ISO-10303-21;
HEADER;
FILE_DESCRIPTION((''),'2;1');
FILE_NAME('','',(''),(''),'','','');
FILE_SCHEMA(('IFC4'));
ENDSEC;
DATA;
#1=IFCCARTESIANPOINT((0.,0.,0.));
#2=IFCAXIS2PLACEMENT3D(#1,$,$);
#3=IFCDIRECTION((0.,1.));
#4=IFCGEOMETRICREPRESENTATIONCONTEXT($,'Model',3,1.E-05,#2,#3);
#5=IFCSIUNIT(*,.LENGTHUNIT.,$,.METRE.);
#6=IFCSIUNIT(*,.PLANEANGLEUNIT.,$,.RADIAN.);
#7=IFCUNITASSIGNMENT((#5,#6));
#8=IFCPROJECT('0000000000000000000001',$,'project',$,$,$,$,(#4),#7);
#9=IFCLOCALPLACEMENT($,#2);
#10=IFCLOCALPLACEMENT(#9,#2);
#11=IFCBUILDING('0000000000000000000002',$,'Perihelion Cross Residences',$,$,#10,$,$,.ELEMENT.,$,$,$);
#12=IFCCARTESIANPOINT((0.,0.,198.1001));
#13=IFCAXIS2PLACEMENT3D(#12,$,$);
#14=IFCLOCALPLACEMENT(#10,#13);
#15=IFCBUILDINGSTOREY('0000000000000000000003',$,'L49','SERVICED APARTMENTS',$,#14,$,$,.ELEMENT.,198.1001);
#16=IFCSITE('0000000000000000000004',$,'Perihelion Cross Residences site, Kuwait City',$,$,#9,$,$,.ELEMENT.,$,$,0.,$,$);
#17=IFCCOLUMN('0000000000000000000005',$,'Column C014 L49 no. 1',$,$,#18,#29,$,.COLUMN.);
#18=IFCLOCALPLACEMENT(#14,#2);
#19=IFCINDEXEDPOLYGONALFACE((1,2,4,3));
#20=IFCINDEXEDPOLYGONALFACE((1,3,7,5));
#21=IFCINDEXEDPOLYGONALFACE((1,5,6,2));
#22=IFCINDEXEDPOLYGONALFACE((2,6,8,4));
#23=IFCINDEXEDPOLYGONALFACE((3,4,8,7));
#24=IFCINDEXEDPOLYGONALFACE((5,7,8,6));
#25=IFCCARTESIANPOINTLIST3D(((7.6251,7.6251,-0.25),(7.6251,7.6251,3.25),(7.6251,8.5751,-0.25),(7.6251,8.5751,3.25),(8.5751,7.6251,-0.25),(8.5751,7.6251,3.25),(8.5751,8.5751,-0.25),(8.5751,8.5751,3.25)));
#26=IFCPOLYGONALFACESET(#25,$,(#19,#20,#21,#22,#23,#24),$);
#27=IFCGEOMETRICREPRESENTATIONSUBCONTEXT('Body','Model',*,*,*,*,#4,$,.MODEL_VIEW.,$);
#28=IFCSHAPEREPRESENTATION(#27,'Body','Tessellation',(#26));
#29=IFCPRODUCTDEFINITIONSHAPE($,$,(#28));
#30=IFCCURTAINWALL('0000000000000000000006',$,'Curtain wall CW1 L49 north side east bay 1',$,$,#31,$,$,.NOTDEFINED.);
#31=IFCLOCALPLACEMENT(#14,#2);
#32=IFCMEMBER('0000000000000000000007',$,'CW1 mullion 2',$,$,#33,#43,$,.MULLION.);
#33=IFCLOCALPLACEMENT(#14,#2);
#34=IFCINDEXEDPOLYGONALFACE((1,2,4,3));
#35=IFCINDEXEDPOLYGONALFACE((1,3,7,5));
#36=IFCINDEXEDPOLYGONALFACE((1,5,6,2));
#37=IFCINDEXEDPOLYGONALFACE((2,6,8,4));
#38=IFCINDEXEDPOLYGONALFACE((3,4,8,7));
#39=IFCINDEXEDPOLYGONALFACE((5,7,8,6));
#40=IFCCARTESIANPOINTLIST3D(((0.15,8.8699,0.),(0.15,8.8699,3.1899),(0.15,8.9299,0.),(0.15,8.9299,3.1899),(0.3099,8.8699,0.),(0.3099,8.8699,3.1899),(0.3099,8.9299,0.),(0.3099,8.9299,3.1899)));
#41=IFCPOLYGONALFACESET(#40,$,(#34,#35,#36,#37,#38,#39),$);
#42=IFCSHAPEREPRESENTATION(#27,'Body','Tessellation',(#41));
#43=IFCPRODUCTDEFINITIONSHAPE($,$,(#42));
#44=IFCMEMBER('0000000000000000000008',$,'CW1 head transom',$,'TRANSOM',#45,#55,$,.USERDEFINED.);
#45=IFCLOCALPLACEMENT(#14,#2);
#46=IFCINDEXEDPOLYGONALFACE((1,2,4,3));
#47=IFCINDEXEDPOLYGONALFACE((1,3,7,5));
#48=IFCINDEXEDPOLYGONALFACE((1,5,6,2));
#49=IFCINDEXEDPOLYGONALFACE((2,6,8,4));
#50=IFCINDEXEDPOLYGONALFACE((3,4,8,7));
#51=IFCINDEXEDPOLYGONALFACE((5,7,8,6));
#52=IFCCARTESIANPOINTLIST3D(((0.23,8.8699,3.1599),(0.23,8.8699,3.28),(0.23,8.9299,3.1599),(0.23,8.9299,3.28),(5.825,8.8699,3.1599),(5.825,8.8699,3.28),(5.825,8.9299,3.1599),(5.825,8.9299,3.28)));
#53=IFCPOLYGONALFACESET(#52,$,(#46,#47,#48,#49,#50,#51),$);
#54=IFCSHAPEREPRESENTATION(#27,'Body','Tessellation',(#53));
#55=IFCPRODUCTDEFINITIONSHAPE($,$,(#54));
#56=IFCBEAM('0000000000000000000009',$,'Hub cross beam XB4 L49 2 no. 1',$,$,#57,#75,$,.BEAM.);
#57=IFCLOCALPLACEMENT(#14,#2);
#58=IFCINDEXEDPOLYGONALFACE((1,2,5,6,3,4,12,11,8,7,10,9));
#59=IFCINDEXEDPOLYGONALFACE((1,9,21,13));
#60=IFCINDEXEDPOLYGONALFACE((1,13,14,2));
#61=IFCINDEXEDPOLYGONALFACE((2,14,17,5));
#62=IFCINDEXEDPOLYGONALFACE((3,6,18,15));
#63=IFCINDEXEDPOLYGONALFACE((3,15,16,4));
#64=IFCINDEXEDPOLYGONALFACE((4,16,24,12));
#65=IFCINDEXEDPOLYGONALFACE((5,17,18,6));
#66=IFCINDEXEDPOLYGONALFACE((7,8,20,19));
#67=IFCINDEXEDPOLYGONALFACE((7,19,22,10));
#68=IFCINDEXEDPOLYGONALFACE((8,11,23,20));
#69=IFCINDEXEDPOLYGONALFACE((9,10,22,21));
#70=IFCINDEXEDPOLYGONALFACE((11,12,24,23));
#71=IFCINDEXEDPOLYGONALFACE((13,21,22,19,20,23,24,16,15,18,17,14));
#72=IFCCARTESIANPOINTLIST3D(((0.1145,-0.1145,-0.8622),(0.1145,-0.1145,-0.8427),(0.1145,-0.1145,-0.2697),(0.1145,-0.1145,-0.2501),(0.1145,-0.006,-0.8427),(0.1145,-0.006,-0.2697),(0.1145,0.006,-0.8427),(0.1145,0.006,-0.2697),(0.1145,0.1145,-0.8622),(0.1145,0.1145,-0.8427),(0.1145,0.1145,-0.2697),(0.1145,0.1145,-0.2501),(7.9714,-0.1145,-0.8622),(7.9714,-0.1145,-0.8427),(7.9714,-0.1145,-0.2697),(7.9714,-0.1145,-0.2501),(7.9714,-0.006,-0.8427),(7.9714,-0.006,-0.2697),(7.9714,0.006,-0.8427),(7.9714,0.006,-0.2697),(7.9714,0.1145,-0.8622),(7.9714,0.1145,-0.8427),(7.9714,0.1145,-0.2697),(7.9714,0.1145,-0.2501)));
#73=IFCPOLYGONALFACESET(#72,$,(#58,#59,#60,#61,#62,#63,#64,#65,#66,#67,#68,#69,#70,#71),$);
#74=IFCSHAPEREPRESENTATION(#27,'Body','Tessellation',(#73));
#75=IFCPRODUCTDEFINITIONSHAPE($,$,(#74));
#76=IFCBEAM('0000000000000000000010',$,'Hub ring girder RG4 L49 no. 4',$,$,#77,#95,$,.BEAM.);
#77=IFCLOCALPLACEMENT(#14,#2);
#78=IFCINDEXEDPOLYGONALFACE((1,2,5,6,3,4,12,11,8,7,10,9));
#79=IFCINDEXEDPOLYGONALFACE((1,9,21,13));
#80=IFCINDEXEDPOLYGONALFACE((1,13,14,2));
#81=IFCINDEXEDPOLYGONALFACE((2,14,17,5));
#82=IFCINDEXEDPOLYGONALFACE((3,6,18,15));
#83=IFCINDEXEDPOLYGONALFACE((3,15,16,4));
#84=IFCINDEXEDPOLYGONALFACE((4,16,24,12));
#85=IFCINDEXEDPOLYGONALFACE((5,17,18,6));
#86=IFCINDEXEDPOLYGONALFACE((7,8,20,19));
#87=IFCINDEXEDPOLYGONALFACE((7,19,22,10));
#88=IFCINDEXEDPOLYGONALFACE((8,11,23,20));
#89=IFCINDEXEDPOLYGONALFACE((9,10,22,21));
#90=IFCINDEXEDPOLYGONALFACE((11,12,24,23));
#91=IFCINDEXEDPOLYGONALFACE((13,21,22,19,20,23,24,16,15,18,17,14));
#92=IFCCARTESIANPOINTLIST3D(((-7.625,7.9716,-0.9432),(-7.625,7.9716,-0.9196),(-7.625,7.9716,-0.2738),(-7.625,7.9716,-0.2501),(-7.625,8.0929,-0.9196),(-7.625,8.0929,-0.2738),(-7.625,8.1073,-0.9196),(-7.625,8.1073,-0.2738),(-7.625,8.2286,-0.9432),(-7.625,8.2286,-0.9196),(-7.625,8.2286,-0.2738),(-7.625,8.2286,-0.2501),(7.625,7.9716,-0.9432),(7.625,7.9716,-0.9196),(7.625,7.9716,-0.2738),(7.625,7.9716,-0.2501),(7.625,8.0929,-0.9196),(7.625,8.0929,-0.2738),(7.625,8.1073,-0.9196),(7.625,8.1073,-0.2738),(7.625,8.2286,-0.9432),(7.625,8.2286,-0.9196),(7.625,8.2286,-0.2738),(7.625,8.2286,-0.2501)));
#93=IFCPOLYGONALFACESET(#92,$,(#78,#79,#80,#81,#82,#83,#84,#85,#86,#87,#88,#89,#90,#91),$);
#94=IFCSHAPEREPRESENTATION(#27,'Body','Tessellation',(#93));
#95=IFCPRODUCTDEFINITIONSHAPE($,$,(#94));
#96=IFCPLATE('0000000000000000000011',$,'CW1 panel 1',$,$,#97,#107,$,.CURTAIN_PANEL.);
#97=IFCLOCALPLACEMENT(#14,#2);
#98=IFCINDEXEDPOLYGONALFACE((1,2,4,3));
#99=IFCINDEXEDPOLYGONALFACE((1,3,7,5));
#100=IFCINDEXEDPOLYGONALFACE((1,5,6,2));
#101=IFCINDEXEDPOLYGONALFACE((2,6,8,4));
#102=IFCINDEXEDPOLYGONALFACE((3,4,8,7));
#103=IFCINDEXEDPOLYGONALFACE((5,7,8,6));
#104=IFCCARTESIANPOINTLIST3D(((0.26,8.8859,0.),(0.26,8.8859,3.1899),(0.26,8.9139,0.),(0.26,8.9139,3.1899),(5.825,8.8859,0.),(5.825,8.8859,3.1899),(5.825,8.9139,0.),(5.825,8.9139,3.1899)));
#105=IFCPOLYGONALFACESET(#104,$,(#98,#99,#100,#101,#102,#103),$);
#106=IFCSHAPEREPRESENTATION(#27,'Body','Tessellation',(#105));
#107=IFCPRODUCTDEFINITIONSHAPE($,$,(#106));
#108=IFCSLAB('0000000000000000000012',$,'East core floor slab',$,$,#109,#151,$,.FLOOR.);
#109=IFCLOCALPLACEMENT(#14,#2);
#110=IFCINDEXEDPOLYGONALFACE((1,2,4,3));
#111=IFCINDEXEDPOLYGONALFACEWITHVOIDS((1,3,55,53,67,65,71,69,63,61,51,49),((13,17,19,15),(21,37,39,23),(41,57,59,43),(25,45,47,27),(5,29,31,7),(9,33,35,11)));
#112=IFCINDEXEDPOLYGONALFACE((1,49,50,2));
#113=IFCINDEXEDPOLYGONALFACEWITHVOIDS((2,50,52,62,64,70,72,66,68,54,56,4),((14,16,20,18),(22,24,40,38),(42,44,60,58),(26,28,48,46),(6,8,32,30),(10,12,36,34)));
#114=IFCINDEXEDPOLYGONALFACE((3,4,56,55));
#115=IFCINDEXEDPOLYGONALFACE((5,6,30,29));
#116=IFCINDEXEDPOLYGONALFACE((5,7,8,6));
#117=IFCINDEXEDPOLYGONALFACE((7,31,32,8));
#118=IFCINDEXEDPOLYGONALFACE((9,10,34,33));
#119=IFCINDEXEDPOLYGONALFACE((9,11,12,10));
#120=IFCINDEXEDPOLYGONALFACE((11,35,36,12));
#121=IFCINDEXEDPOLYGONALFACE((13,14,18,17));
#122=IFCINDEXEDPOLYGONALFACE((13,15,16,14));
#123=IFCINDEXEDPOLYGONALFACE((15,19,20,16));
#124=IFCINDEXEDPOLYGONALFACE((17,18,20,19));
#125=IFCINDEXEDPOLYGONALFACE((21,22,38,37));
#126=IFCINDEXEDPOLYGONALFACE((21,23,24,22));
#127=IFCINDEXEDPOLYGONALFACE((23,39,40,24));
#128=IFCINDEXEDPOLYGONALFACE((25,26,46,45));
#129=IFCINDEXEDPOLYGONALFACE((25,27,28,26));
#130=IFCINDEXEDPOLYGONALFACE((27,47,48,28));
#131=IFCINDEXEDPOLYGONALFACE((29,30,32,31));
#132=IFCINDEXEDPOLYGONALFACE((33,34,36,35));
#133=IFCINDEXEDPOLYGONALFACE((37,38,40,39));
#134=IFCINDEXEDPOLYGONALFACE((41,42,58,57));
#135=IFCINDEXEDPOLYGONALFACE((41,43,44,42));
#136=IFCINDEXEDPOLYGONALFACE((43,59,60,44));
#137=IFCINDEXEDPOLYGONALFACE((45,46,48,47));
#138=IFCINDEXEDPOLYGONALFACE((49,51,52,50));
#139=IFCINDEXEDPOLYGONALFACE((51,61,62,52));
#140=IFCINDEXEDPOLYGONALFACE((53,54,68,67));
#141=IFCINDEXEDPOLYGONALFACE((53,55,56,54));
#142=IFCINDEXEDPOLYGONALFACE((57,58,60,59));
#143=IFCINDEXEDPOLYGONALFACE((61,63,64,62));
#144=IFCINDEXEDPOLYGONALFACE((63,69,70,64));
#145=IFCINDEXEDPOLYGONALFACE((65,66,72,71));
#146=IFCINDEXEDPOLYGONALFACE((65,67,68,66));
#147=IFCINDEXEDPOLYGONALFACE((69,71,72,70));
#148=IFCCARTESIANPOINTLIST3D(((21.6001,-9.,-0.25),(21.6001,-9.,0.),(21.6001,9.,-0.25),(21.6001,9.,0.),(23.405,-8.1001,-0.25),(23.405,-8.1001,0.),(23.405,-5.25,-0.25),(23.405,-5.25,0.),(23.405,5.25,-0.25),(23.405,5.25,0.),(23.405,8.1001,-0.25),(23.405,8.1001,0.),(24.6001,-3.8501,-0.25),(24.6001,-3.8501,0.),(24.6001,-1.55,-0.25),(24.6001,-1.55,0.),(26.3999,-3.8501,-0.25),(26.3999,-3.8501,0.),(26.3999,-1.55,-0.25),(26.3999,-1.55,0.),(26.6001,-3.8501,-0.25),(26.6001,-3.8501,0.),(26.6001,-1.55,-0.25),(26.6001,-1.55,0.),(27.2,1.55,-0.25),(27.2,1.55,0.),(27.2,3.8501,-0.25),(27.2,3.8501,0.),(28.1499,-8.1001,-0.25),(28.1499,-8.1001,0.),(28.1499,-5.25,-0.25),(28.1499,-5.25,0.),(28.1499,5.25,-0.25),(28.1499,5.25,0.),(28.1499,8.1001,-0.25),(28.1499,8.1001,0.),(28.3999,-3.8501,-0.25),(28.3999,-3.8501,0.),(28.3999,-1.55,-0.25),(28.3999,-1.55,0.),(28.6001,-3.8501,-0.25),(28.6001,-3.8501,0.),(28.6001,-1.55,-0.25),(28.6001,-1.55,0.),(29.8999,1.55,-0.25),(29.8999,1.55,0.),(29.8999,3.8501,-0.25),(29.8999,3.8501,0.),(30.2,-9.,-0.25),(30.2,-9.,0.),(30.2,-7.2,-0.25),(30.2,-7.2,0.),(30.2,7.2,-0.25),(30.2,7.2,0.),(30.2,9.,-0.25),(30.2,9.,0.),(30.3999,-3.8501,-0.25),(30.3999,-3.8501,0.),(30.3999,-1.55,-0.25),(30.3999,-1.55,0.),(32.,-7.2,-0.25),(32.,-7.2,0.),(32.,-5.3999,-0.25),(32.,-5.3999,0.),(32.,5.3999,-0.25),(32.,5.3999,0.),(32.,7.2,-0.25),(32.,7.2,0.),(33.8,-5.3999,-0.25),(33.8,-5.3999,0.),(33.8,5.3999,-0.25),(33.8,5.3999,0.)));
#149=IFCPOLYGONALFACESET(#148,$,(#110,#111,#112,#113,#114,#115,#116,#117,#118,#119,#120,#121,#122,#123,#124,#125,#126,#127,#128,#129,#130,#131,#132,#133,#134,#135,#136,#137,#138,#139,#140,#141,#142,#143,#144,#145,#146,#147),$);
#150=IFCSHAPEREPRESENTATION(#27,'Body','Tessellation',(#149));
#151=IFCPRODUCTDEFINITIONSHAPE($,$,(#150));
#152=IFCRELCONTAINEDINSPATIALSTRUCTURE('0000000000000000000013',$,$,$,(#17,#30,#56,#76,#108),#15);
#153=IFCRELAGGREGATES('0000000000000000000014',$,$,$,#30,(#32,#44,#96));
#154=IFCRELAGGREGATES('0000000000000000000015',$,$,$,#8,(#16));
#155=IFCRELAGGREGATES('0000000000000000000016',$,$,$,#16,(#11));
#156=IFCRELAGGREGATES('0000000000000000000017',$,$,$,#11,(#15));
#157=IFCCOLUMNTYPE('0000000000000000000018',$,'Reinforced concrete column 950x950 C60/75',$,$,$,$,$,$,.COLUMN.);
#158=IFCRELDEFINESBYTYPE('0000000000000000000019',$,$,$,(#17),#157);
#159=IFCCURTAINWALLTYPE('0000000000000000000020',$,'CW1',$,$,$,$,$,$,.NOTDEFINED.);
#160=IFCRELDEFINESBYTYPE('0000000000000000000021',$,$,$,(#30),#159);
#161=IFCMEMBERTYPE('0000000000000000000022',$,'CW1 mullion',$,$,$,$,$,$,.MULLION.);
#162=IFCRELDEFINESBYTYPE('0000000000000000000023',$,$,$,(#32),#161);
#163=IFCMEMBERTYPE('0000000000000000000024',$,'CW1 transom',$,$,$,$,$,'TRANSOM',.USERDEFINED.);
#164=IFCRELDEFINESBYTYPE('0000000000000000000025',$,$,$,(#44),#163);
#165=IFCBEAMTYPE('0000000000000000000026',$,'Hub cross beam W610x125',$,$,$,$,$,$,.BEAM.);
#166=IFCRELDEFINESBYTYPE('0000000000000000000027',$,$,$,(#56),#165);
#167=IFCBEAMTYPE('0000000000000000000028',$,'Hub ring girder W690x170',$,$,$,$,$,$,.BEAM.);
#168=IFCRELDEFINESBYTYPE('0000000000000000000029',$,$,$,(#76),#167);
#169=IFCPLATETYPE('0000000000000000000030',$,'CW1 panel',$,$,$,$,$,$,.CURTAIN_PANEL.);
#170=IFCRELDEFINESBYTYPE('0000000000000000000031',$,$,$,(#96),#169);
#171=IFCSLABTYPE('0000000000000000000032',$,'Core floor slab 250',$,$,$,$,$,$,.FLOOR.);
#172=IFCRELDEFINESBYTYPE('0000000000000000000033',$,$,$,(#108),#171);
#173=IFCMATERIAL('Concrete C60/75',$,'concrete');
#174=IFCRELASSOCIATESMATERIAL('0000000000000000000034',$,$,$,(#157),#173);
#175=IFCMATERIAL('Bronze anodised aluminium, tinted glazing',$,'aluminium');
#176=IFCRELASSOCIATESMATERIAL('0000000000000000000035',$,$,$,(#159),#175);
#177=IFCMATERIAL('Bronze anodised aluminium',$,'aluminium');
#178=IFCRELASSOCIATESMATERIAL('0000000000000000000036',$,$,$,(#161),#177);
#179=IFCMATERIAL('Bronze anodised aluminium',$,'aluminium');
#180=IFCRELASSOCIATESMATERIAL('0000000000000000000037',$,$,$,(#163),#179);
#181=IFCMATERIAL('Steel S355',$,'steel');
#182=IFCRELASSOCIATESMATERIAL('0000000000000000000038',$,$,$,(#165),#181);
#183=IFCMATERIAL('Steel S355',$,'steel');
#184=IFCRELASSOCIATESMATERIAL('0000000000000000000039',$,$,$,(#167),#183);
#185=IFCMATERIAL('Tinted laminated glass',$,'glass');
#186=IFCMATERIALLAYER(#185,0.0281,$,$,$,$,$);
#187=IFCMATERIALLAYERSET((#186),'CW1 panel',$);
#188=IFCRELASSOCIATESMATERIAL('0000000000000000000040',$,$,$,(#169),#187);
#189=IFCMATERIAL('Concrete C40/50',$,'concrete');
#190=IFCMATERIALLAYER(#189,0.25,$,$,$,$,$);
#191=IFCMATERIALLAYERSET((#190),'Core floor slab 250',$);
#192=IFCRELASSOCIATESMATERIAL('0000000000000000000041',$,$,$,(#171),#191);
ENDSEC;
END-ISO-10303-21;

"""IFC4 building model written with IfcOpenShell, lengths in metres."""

from ifc_helpers import new_model, si_unit, direction, frame, origin, origin_2d, place, context, subcontext, project, spatial, polyline, rectangle, i_section, outline, extrude, material, layer, layer_set, material_profile, profile_set, type_object, element, aggregate, save


model = new_model("IFC4")

# Units and contexts
model_context = context("Model", 3, precision=1e-05, world=origin(), true_north=direction((0.0, 1.0)))
body_context = subcontext(model_context, "Body", "Model", "MODEL_VIEW")
ifc_project = project(units=[si_unit("LENGTHUNIT", "METRE"), si_unit("PLANEANGLEUNIT", "RADIAN")], contexts=[model_context])

# Site, building, storey
site_placement = place(None, origin())
site = spatial("IfcSite", under=ifc_project, at=site_placement, Name="Perihelion Cross Residences site, Kuwait City", CompositionType="ELEMENT", RefElevation=0.0)
building_placement = place(site_placement, origin())
building = spatial("IfcBuilding", under=site, at=building_placement, Name="Perihelion Cross Residences", CompositionType="ELEMENT")
storey_placement = place(building_placement, frame((0.0, 0.0, 198.1001)))
storey = spatial("IfcBuildingStorey", under=building, at=storey_placement, Name="L49", Description="SERVICED APARTMENTS", CompositionType="ELEMENT", Elevation=198.1001)

# Column
ifc_material_1 = material(Name="Concrete C60/75", Category="concrete")
ifc_material_profile_1 = material_profile(ifc_material_1, rectangle(XDim=0.95, YDim=0.95, at=origin_2d()), Name="RC 950x950")
ifc_profile_set_1 = profile_set([ifc_material_profile_1], Name="Concrete C60/75")
column_type = type_object("IfcColumnType", Name="Reinforced concrete column 950x950 C60/75", PredefinedType="COLUMN", material=ifc_profile_set_1)
column_placement = place(storey_placement, frame((8.1001, 8.1001, -0.25), z_axis=(0.0, 0.0, 1.0), x_axis=(1.0, 0.0, 0.0)))
element("IfcColumn", 1, at=column_placement, inside=storey, type_object=column_type, Name="Column C014 L49 no. 1", PredefinedType="COLUMN", context=body_context, shape_type="SweptSolid", body=[
    extrude(rectangle(XDim=0.95, YDim=0.95, at=origin_2d()), origin(), (0.0, 0.0, 1.0), 3.5),
])

# Curtain wall, members
ifc_material_2 = material(Name="Bronze anodised aluminium, tinted glazing", Category="aluminium")
curtain_wall_type = type_object("IfcCurtainWallType", Name="CW1", PredefinedType="NOTDEFINED", material=ifc_material_2)
curtain_wall_placement = place(storey_placement, origin())
curtain_wall = element("IfcCurtainWall", 2, at=curtain_wall_placement, inside=storey, type_object=curtain_wall_type, Name="Curtain wall CW1 L49 north side east bay 1", PredefinedType="NOTDEFINED")
ifc_material_3 = material(Name="Bronze anodised aluminium", Category="aluminium")
ifc_material_profile_2 = material_profile(ifc_material_3, rectangle(XDim=0.0601, YDim=0.1599, at=origin_2d()), Name="CW1 mullion")
ifc_profile_set_2 = profile_set([ifc_material_profile_2], Name="Bronze anodised aluminium")
member_type_1 = type_object("IfcMemberType", Name="CW1 mullion", PredefinedType="MULLION", material=ifc_profile_set_2)
member_1_placement = place(storey_placement, frame((0.23, 8.8999, 0.0), z_axis=(0.0, 0.0, 1.0), x_axis=(0.0, -1.0, 0.0)))
member_1 = element("IfcMember", 3, at=member_1_placement, type_object=member_type_1, Name="CW1 mullion 2", PredefinedType="MULLION", context=body_context, shape_type="SweptSolid", body=[
    extrude(rectangle(XDim=0.0601, YDim=0.1599, at=origin_2d()), origin(), (0.0, 0.0, 1.0), 3.1899),
])
ifc_material_4 = material(Name="Bronze anodised aluminium", Category="aluminium")
ifc_material_profile_3 = material_profile(ifc_material_4, rectangle(XDim=0.0601, YDim=0.1201, at=origin_2d()), Name="CW1 transom")
ifc_profile_set_3 = profile_set([ifc_material_profile_3], Name="Bronze anodised aluminium")
member_type_2 = type_object("IfcMemberType", Name="CW1 transom", ElementType="TRANSOM", PredefinedType="USERDEFINED", material=ifc_profile_set_3)
member_2_placement = place(storey_placement, frame((5.825, 8.8999, 3.22), z_axis=(-1.0, 0.0, 0.0), x_axis=(0.0, -1.0, 0.0)))
member_2 = element("IfcMember", 4, at=member_2_placement, type_object=member_type_2, Name="CW1 head transom", ObjectType="TRANSOM", PredefinedType="USERDEFINED", context=body_context, shape_type="SweptSolid", body=[
    extrude(rectangle(XDim=0.0601, YDim=0.1201, at=origin_2d()), origin(), (0.0, 0.0, 1.0), 5.595),
])

# Beams
ifc_material_5 = material(Name="Steel S355", Category="steel")
ifc_material_profile_4 = material_profile(ifc_material_5, i_section(OverallWidth=0.229, OverallDepth=0.6121, WebThickness=0.012, FlangeThickness=0.0195, at=origin_2d()), Name="W610x125")
ifc_profile_set_4 = profile_set([ifc_material_profile_4], Name="Steel S355")
beam_type_1 = type_object("IfcBeamType", Name="Hub cross beam W610x125", PredefinedType="BEAM", material=ifc_profile_set_4)
beam_1_placement = place(storey_placement, frame((0.1145, 0.0, -0.5562), z_axis=(1.0, 0.0, 0.0), x_axis=(0.0, 1.0, 0.0)))
element("IfcBeam", 5, at=beam_1_placement, inside=storey, type_object=beam_type_1, Name="Hub cross beam XB4 L49 2 no. 1", PredefinedType="BEAM", context=body_context, shape_type="SweptSolid", body=[
    extrude(i_section(OverallWidth=0.229, OverallDepth=0.6121, WebThickness=0.012, FlangeThickness=0.0195, at=origin_2d()), origin(), (0.0, 0.0, 1.0), 7.8569),
])
ifc_material_6 = material(Name="Steel S355", Category="steel")
ifc_material_profile_5 = material_profile(ifc_material_6, i_section(OverallWidth=0.2571, OverallDepth=0.6931, WebThickness=0.0144, FlangeThickness=0.0237, at=origin_2d()), Name="W690x170")
ifc_profile_set_5 = profile_set([ifc_material_profile_5], Name="Steel S355")
beam_type_2 = type_object("IfcBeamType", Name="Hub ring girder W690x170", PredefinedType="BEAM", material=ifc_profile_set_5)
beam_2_placement = place(storey_placement, frame((7.625, 8.1001, -0.5967), z_axis=(-1.0, 0.0, 0.0), x_axis=(0.0, -1.0, 0.0)))
element("IfcBeam", 6, at=beam_2_placement, inside=storey, type_object=beam_type_2, Name="Hub ring girder RG4 L49 no. 4", PredefinedType="BEAM", context=body_context, shape_type="SweptSolid", body=[
    extrude(i_section(OverallWidth=0.2571, OverallDepth=0.6931, WebThickness=0.0144, FlangeThickness=0.0237, at=origin_2d()), origin(), (0.0, 0.0, 1.0), 15.25),
])

# Plate
ifc_material_7 = material(Name="Tinted laminated glass", Category="glass")
ifc_layer_1 = layer(ifc_material_7, 0.0281)
ifc_layer_set_1 = layer_set([ifc_layer_1], Name="CW1 panel")
plate_type = type_object("IfcPlateType", Name="CW1 panel", PredefinedType="CURTAIN_PANEL", material=ifc_layer_set_1)
plate_placement = place(storey_placement, frame((3.0425, 8.8999, 0.0), z_axis=(0.0, 0.0, 1.0), x_axis=(-1.0, 0.0, 0.0)))
plate = element("IfcPlate", 7, at=plate_placement, type_object=plate_type, Name="CW1 panel 1", PredefinedType="CURTAIN_PANEL", context=body_context, shape_type="SweptSolid", body=[
    extrude(rectangle(XDim=5.5649, YDim=0.0281, at=origin_2d()), origin(), (0.0, 0.0, 1.0), 3.1899),
])
aggregate(curtain_wall, [member_1, member_2, plate])

# Slab
ifc_material_8 = material(Name="Concrete C40/50", Category="concrete")
ifc_layer_2 = layer(ifc_material_8, 0.25)
ifc_layer_set_2 = layer_set([ifc_layer_2], Name="Core floor slab 250")
slab_type_1 = type_object("IfcSlabType", Name="Core floor slab 250", PredefinedType="FLOOR", material=ifc_layer_set_2)
slab_1_placement = place(storey_placement, frame((0.0, 0.0, -0.25)))
element("IfcSlab", 8, at=slab_1_placement, inside=storey, type_object=slab_type_1, Name="East core floor slab", PredefinedType="FLOOR", context=body_context, shape_type="SweptSolid", body=[
    extrude(outline(polyline([(30.2, 7.2), (32.0, 7.2), (32.0, 5.3999), (33.8, 5.3999), (33.8, -5.3999), (32.0, -5.3999), (32.0, -7.2), (30.2, -7.2), (30.2, -9.0), (21.6001, -9.0), (21.6001, 9.0), (30.2, 9.0), (30.2, 7.2)]), holes=[polyline([(28.1499, -8.1001), (28.1499, -5.25), (23.405, -5.25), (23.405, -8.1001), (28.1499, -8.1001)]), polyline([(24.6001, -1.55), (24.6001, -3.8501), (26.3999, -3.8501), (26.3999, -1.55), (24.6001, -1.55)]), polyline([(26.6001, -1.55), (26.6001, -3.8501), (28.3999, -3.8501), (28.3999, -1.55), (26.6001, -1.55)]), polyline([(28.6001, -3.8501), (30.3999, -3.8501), (30.3999, -1.55), (28.6001, -1.55), (28.6001, -3.8501)]), polyline([(27.2, 3.8501), (27.2, 1.55), (29.8999, 1.55), (29.8999, 3.8501), (27.2, 3.8501)]), polyline([(23.405, 5.25), (28.1499, 5.25), (28.1499, 8.1001), (23.405, 8.1001), (23.405, 5.25)])]), origin(), (0.0, 0.0, 1.0), 0.25),
])

save(model, "model.ifc")
